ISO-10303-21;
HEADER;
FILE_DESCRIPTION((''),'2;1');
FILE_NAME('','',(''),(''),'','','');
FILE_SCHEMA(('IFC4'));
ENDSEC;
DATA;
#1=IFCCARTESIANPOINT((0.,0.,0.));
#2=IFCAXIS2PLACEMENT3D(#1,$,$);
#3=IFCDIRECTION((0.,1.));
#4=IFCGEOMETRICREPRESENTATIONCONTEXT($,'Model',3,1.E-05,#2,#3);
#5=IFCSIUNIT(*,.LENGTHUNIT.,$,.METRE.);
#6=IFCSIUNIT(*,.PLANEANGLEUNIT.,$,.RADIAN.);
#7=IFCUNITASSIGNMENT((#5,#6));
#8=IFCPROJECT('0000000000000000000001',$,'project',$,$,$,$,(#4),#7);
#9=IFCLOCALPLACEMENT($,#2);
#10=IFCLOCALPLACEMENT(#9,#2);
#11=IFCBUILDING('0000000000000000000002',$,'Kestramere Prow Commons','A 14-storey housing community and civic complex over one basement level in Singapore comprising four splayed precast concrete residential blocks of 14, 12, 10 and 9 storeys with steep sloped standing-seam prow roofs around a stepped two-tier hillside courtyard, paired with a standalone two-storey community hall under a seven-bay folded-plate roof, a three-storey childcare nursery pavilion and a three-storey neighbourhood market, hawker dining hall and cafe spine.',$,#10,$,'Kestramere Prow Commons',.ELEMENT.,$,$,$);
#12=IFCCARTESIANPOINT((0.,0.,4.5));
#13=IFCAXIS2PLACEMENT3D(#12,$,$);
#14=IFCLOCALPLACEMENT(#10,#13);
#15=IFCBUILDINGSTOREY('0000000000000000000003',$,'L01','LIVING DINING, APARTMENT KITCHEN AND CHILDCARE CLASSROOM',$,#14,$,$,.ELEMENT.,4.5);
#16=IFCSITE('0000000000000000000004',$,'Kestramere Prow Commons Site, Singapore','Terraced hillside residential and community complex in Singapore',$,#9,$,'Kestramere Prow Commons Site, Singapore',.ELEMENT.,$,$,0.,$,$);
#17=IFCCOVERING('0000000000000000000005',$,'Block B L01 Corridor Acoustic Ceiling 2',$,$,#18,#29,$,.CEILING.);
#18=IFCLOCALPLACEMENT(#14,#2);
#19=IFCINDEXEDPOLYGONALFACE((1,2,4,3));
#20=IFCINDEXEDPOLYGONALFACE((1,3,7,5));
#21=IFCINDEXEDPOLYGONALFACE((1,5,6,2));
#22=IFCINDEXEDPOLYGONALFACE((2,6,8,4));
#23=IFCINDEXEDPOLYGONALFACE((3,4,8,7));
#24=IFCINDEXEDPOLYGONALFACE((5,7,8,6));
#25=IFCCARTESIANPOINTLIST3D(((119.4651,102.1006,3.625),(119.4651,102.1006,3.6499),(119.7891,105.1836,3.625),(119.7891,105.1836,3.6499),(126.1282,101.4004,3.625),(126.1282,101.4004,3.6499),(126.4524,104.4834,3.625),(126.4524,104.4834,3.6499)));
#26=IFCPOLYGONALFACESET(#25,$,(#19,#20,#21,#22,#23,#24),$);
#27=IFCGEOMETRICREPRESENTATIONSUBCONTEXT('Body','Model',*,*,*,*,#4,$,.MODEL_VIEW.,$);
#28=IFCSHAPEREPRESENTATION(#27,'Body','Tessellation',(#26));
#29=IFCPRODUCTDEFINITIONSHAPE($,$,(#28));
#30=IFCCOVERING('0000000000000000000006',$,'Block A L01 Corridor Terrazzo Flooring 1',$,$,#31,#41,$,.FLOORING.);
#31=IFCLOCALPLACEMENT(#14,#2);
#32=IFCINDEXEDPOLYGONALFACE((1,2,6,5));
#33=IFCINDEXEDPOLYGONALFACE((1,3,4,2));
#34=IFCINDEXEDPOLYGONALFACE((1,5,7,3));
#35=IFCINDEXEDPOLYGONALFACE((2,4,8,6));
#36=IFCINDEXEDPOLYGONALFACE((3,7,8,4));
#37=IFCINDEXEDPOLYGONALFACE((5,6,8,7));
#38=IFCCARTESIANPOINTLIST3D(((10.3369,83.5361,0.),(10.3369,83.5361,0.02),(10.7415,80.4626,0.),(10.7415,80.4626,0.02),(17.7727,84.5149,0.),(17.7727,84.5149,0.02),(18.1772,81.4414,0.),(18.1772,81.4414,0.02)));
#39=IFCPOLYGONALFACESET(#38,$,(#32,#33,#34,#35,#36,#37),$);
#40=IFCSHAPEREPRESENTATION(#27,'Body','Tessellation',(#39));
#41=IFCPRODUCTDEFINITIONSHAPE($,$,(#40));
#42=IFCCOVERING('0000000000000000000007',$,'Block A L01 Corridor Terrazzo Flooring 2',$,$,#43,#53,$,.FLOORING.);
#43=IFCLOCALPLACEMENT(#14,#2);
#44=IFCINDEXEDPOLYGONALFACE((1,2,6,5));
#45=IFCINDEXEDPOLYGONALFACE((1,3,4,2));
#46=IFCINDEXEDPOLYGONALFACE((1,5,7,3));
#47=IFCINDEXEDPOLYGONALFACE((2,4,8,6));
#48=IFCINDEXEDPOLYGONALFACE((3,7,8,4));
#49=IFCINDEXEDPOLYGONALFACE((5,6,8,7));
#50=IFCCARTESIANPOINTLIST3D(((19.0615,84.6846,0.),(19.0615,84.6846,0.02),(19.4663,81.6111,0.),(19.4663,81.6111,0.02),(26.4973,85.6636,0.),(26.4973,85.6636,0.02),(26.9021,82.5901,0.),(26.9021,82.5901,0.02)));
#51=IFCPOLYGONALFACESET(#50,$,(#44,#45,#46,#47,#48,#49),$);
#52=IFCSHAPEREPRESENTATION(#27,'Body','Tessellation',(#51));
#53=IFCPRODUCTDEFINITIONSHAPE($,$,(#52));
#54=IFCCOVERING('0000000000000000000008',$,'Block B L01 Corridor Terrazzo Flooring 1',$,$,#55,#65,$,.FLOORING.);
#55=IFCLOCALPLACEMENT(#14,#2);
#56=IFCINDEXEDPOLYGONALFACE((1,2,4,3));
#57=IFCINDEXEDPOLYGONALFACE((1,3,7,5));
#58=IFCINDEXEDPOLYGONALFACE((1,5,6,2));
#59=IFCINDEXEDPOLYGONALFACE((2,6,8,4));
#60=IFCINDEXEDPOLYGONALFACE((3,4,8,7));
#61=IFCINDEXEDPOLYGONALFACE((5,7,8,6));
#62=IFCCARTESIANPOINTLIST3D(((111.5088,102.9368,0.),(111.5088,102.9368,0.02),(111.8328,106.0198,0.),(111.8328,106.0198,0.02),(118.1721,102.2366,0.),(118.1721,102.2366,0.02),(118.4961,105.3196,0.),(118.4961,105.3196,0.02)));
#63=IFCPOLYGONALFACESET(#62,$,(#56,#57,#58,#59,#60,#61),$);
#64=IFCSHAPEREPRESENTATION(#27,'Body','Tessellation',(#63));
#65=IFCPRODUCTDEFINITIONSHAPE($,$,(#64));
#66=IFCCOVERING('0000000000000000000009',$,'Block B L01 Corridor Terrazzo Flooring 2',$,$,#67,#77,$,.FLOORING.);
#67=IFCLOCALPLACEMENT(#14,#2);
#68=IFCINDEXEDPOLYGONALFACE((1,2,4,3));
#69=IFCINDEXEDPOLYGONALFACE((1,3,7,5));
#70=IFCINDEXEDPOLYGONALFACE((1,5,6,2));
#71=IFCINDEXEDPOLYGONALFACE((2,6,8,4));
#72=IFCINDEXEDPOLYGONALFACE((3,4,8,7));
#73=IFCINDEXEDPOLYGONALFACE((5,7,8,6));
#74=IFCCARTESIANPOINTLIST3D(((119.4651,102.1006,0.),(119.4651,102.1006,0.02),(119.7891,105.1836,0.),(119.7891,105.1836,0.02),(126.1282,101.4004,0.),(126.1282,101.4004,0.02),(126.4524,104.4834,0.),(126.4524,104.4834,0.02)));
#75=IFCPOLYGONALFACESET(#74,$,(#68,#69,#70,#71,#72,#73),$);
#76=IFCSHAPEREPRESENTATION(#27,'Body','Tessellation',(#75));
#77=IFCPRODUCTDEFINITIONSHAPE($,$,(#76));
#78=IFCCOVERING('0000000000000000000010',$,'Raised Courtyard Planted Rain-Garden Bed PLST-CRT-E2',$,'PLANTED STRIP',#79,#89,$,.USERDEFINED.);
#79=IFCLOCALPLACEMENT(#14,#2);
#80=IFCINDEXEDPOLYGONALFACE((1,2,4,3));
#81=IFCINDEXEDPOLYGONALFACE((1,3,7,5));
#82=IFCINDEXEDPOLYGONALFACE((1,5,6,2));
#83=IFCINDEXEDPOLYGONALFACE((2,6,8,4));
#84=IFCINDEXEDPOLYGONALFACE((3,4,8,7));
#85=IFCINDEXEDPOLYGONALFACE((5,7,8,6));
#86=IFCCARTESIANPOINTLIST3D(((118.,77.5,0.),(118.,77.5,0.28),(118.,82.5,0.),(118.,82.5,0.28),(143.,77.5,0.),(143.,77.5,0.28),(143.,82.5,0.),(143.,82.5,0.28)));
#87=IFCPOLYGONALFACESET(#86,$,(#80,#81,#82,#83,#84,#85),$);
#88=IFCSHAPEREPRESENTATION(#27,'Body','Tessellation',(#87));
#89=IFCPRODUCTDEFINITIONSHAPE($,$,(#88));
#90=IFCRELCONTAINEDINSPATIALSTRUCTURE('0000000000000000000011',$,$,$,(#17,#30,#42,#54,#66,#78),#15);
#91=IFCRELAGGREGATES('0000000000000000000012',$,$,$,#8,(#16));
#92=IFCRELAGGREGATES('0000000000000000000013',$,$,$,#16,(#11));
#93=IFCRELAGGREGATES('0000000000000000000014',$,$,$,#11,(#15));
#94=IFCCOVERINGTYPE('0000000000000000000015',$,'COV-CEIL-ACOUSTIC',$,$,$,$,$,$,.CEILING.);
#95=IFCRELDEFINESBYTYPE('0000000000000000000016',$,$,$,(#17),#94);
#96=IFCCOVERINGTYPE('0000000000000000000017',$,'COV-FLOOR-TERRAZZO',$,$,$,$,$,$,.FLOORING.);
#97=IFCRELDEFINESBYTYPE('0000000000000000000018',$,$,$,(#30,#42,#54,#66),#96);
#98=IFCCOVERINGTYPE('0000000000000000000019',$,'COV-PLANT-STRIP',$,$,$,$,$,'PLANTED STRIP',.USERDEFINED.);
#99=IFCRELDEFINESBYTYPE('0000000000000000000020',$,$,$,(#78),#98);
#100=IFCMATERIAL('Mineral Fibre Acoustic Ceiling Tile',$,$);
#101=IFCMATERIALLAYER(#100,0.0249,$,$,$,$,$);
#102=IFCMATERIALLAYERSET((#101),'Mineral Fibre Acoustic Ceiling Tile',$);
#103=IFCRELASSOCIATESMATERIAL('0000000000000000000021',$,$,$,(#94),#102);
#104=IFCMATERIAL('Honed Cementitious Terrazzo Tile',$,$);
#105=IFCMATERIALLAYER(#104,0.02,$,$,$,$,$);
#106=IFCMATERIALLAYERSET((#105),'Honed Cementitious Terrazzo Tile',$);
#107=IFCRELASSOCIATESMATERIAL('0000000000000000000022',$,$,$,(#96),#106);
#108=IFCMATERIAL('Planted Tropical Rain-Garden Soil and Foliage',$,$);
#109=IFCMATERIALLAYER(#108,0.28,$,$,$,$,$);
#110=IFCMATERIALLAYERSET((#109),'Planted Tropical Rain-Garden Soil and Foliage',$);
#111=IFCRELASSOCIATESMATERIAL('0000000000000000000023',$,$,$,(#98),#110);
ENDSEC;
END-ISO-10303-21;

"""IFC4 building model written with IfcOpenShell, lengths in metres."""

from ifc_helpers import new_model, si_unit, direction, frame, origin, place, context, subcontext, project, spatial, polyline, outline, extrude, material, layer, layer_set, type_object, element, save


model = new_model("IFC4")

# Units and contexts
model_context = context("Model", 3, precision=1e-05, world=origin(), true_north=direction((0.0, 1.0)))
body_context = subcontext(model_context, "Body", "Model", "MODEL_VIEW")
ifc_project = project(units=[si_unit("LENGTHUNIT", "METRE"), si_unit("PLANEANGLEUNIT", "RADIAN")], contexts=[model_context])

# Site, building, storey
site_placement = place(None, origin())
site = spatial("IfcSite", under=ifc_project, at=site_placement, Name="Kestramere Prow Commons Site, Singapore", Description="Terraced hillside residential and community complex in Singapore", LongName="Kestramere Prow Commons Site, Singapore", CompositionType="ELEMENT", RefElevation=0.0)
building_placement = place(site_placement, origin())
building = spatial("IfcBuilding", under=site, at=building_placement, Name="Kestramere Prow Commons", Description="A 14-storey housing community and civic complex over one basement level in Singapore comprising four splayed precast concrete residential blocks of 14, 12, 10 and 9 storeys with steep sloped standing-seam prow roofs around a stepped two-tier hillside courtyard, paired with a standalone two-storey community hall under a seven-bay folded-plate roof, a three-storey childcare nursery pavilion and a three-storey neighbourhood market, hawker dining hall and cafe spine.", LongName="Kestramere Prow Commons", CompositionType="ELEMENT")
storey_placement = place(building_placement, frame((0.0, 0.0, 4.5)))
storey = spatial("IfcBuildingStorey", under=building, at=storey_placement, Name="L01", Description="LIVING DINING, APARTMENT KITCHEN AND CHILDCARE CLASSROOM", CompositionType="ELEMENT", Elevation=4.5)

# Coverings
ifc_material_1 = material(Name="Mineral Fibre Acoustic Ceiling Tile")
ifc_layer_1 = layer(ifc_material_1, 0.0249)
ifc_layer_set_1 = layer_set([ifc_layer_1], Name="Mineral Fibre Acoustic Ceiling Tile")
covering_type_1 = type_object("IfcCoveringType", Name="COV-CEIL-ACOUSTIC", PredefinedType="CEILING", material=ifc_layer_set_1)
covering_1_placement = place(storey_placement, frame((0.0, 0.0, 3.625)))
element("IfcCovering", 1, at=covering_1_placement, inside=storey, type_object=covering_type_1, Name="Block B L01 Corridor Acoustic Ceiling 2", PredefinedType="CEILING", context=body_context, shape_type="SweptSolid", body=[
    extrude(outline(polyline([(119.4651, 102.1006), (126.1282, 101.4004), (126.4524, 104.4834), (119.7891, 105.1836), (119.4651, 102.1006)])), origin(), (0.0, 0.0, 1.0), 0.0249),
])
ifc_material_2 = material(Name="Honed Cementitious Terrazzo Tile")
ifc_layer_2 = layer(ifc_material_2, 0.02)
ifc_layer_set_2 = layer_set([ifc_layer_2], Name="Honed Cementitious Terrazzo Tile")
covering_type_2 = type_object("IfcCoveringType", Name="COV-FLOOR-TERRAZZO", PredefinedType="FLOORING", material=ifc_layer_set_2)
covering_2_placement = place(storey_placement, origin())
element("IfcCovering", 2, at=covering_2_placement, inside=storey, type_object=covering_type_2, Name="Block A L01 Corridor Terrazzo Flooring 1", PredefinedType="FLOORING", context=body_context, shape_type="SweptSolid", body=[
    extrude(outline(polyline([(10.7415, 80.4626), (18.1772, 81.4414), (17.7727, 84.5149), (10.3369, 83.5361), (10.7415, 80.4626)])), origin(), (0.0, 0.0, 1.0), 0.02),
])
covering_3_placement = place(storey_placement, origin())
element("IfcCovering", 3, at=covering_3_placement, inside=storey, type_object=covering_type_2, Name="Block A L01 Corridor Terrazzo Flooring 2", PredefinedType="FLOORING", context=body_context, shape_type="SweptSolid", body=[
    extrude(outline(polyline([(19.4663, 81.6111), (26.9021, 82.5901), (26.4973, 85.6636), (19.0615, 84.6846), (19.4663, 81.6111)])), origin(), (0.0, 0.0, 1.0), 0.02),
])
covering_4_placement = place(storey_placement, origin())
element("IfcCovering", 4, at=covering_4_placement, inside=storey, type_object=covering_type_2, Name="Block B L01 Corridor Terrazzo Flooring 1", PredefinedType="FLOORING", context=body_context, shape_type="SweptSolid", body=[
    extrude(outline(polyline([(111.5088, 102.9368), (118.1721, 102.2366), (118.4961, 105.3196), (111.8328, 106.0198), (111.5088, 102.9368)])), origin(), (0.0, 0.0, 1.0), 0.02),
])
covering_5_placement = place(storey_placement, origin())
element("IfcCovering", 5, at=covering_5_placement, inside=storey, type_object=covering_type_2, Name="Block B L01 Corridor Terrazzo Flooring 2", PredefinedType="FLOORING", context=body_context, shape_type="SweptSolid", body=[
    extrude(outline(polyline([(119.4651, 102.1006), (126.1282, 101.4004), (126.4524, 104.4834), (119.7891, 105.1836), (119.4651, 102.1006)])), origin(), (0.0, 0.0, 1.0), 0.02),
])
ifc_material_3 = material(Name="Planted Tropical Rain-Garden Soil and Foliage")
ifc_layer_3 = layer(ifc_material_3, 0.28)
ifc_layer_set_3 = layer_set([ifc_layer_3], Name="Planted Tropical Rain-Garden Soil and Foliage")
covering_type_3 = type_object("IfcCoveringType", Name="COV-PLANT-STRIP", ElementType="PLANTED STRIP", PredefinedType="USERDEFINED", material=ifc_layer_set_3)
covering_6_placement = place(storey_placement, origin())
element("IfcCovering", 6, at=covering_6_placement, inside=storey, type_object=covering_type_3, Name="Raised Courtyard Planted Rain-Garden Bed PLST-CRT-E2", ObjectType="PLANTED STRIP", PredefinedType="USERDEFINED", context=body_context, shape_type="SweptSolid", body=[
    extrude(outline(polyline([(118.0, 77.5), (118.0, 82.5), (143.0, 82.5), (143.0, 77.5), (118.0, 77.5)])), origin(), (0.0, 0.0, 1.0), 0.28),
])

save(model, "model.ifc")
